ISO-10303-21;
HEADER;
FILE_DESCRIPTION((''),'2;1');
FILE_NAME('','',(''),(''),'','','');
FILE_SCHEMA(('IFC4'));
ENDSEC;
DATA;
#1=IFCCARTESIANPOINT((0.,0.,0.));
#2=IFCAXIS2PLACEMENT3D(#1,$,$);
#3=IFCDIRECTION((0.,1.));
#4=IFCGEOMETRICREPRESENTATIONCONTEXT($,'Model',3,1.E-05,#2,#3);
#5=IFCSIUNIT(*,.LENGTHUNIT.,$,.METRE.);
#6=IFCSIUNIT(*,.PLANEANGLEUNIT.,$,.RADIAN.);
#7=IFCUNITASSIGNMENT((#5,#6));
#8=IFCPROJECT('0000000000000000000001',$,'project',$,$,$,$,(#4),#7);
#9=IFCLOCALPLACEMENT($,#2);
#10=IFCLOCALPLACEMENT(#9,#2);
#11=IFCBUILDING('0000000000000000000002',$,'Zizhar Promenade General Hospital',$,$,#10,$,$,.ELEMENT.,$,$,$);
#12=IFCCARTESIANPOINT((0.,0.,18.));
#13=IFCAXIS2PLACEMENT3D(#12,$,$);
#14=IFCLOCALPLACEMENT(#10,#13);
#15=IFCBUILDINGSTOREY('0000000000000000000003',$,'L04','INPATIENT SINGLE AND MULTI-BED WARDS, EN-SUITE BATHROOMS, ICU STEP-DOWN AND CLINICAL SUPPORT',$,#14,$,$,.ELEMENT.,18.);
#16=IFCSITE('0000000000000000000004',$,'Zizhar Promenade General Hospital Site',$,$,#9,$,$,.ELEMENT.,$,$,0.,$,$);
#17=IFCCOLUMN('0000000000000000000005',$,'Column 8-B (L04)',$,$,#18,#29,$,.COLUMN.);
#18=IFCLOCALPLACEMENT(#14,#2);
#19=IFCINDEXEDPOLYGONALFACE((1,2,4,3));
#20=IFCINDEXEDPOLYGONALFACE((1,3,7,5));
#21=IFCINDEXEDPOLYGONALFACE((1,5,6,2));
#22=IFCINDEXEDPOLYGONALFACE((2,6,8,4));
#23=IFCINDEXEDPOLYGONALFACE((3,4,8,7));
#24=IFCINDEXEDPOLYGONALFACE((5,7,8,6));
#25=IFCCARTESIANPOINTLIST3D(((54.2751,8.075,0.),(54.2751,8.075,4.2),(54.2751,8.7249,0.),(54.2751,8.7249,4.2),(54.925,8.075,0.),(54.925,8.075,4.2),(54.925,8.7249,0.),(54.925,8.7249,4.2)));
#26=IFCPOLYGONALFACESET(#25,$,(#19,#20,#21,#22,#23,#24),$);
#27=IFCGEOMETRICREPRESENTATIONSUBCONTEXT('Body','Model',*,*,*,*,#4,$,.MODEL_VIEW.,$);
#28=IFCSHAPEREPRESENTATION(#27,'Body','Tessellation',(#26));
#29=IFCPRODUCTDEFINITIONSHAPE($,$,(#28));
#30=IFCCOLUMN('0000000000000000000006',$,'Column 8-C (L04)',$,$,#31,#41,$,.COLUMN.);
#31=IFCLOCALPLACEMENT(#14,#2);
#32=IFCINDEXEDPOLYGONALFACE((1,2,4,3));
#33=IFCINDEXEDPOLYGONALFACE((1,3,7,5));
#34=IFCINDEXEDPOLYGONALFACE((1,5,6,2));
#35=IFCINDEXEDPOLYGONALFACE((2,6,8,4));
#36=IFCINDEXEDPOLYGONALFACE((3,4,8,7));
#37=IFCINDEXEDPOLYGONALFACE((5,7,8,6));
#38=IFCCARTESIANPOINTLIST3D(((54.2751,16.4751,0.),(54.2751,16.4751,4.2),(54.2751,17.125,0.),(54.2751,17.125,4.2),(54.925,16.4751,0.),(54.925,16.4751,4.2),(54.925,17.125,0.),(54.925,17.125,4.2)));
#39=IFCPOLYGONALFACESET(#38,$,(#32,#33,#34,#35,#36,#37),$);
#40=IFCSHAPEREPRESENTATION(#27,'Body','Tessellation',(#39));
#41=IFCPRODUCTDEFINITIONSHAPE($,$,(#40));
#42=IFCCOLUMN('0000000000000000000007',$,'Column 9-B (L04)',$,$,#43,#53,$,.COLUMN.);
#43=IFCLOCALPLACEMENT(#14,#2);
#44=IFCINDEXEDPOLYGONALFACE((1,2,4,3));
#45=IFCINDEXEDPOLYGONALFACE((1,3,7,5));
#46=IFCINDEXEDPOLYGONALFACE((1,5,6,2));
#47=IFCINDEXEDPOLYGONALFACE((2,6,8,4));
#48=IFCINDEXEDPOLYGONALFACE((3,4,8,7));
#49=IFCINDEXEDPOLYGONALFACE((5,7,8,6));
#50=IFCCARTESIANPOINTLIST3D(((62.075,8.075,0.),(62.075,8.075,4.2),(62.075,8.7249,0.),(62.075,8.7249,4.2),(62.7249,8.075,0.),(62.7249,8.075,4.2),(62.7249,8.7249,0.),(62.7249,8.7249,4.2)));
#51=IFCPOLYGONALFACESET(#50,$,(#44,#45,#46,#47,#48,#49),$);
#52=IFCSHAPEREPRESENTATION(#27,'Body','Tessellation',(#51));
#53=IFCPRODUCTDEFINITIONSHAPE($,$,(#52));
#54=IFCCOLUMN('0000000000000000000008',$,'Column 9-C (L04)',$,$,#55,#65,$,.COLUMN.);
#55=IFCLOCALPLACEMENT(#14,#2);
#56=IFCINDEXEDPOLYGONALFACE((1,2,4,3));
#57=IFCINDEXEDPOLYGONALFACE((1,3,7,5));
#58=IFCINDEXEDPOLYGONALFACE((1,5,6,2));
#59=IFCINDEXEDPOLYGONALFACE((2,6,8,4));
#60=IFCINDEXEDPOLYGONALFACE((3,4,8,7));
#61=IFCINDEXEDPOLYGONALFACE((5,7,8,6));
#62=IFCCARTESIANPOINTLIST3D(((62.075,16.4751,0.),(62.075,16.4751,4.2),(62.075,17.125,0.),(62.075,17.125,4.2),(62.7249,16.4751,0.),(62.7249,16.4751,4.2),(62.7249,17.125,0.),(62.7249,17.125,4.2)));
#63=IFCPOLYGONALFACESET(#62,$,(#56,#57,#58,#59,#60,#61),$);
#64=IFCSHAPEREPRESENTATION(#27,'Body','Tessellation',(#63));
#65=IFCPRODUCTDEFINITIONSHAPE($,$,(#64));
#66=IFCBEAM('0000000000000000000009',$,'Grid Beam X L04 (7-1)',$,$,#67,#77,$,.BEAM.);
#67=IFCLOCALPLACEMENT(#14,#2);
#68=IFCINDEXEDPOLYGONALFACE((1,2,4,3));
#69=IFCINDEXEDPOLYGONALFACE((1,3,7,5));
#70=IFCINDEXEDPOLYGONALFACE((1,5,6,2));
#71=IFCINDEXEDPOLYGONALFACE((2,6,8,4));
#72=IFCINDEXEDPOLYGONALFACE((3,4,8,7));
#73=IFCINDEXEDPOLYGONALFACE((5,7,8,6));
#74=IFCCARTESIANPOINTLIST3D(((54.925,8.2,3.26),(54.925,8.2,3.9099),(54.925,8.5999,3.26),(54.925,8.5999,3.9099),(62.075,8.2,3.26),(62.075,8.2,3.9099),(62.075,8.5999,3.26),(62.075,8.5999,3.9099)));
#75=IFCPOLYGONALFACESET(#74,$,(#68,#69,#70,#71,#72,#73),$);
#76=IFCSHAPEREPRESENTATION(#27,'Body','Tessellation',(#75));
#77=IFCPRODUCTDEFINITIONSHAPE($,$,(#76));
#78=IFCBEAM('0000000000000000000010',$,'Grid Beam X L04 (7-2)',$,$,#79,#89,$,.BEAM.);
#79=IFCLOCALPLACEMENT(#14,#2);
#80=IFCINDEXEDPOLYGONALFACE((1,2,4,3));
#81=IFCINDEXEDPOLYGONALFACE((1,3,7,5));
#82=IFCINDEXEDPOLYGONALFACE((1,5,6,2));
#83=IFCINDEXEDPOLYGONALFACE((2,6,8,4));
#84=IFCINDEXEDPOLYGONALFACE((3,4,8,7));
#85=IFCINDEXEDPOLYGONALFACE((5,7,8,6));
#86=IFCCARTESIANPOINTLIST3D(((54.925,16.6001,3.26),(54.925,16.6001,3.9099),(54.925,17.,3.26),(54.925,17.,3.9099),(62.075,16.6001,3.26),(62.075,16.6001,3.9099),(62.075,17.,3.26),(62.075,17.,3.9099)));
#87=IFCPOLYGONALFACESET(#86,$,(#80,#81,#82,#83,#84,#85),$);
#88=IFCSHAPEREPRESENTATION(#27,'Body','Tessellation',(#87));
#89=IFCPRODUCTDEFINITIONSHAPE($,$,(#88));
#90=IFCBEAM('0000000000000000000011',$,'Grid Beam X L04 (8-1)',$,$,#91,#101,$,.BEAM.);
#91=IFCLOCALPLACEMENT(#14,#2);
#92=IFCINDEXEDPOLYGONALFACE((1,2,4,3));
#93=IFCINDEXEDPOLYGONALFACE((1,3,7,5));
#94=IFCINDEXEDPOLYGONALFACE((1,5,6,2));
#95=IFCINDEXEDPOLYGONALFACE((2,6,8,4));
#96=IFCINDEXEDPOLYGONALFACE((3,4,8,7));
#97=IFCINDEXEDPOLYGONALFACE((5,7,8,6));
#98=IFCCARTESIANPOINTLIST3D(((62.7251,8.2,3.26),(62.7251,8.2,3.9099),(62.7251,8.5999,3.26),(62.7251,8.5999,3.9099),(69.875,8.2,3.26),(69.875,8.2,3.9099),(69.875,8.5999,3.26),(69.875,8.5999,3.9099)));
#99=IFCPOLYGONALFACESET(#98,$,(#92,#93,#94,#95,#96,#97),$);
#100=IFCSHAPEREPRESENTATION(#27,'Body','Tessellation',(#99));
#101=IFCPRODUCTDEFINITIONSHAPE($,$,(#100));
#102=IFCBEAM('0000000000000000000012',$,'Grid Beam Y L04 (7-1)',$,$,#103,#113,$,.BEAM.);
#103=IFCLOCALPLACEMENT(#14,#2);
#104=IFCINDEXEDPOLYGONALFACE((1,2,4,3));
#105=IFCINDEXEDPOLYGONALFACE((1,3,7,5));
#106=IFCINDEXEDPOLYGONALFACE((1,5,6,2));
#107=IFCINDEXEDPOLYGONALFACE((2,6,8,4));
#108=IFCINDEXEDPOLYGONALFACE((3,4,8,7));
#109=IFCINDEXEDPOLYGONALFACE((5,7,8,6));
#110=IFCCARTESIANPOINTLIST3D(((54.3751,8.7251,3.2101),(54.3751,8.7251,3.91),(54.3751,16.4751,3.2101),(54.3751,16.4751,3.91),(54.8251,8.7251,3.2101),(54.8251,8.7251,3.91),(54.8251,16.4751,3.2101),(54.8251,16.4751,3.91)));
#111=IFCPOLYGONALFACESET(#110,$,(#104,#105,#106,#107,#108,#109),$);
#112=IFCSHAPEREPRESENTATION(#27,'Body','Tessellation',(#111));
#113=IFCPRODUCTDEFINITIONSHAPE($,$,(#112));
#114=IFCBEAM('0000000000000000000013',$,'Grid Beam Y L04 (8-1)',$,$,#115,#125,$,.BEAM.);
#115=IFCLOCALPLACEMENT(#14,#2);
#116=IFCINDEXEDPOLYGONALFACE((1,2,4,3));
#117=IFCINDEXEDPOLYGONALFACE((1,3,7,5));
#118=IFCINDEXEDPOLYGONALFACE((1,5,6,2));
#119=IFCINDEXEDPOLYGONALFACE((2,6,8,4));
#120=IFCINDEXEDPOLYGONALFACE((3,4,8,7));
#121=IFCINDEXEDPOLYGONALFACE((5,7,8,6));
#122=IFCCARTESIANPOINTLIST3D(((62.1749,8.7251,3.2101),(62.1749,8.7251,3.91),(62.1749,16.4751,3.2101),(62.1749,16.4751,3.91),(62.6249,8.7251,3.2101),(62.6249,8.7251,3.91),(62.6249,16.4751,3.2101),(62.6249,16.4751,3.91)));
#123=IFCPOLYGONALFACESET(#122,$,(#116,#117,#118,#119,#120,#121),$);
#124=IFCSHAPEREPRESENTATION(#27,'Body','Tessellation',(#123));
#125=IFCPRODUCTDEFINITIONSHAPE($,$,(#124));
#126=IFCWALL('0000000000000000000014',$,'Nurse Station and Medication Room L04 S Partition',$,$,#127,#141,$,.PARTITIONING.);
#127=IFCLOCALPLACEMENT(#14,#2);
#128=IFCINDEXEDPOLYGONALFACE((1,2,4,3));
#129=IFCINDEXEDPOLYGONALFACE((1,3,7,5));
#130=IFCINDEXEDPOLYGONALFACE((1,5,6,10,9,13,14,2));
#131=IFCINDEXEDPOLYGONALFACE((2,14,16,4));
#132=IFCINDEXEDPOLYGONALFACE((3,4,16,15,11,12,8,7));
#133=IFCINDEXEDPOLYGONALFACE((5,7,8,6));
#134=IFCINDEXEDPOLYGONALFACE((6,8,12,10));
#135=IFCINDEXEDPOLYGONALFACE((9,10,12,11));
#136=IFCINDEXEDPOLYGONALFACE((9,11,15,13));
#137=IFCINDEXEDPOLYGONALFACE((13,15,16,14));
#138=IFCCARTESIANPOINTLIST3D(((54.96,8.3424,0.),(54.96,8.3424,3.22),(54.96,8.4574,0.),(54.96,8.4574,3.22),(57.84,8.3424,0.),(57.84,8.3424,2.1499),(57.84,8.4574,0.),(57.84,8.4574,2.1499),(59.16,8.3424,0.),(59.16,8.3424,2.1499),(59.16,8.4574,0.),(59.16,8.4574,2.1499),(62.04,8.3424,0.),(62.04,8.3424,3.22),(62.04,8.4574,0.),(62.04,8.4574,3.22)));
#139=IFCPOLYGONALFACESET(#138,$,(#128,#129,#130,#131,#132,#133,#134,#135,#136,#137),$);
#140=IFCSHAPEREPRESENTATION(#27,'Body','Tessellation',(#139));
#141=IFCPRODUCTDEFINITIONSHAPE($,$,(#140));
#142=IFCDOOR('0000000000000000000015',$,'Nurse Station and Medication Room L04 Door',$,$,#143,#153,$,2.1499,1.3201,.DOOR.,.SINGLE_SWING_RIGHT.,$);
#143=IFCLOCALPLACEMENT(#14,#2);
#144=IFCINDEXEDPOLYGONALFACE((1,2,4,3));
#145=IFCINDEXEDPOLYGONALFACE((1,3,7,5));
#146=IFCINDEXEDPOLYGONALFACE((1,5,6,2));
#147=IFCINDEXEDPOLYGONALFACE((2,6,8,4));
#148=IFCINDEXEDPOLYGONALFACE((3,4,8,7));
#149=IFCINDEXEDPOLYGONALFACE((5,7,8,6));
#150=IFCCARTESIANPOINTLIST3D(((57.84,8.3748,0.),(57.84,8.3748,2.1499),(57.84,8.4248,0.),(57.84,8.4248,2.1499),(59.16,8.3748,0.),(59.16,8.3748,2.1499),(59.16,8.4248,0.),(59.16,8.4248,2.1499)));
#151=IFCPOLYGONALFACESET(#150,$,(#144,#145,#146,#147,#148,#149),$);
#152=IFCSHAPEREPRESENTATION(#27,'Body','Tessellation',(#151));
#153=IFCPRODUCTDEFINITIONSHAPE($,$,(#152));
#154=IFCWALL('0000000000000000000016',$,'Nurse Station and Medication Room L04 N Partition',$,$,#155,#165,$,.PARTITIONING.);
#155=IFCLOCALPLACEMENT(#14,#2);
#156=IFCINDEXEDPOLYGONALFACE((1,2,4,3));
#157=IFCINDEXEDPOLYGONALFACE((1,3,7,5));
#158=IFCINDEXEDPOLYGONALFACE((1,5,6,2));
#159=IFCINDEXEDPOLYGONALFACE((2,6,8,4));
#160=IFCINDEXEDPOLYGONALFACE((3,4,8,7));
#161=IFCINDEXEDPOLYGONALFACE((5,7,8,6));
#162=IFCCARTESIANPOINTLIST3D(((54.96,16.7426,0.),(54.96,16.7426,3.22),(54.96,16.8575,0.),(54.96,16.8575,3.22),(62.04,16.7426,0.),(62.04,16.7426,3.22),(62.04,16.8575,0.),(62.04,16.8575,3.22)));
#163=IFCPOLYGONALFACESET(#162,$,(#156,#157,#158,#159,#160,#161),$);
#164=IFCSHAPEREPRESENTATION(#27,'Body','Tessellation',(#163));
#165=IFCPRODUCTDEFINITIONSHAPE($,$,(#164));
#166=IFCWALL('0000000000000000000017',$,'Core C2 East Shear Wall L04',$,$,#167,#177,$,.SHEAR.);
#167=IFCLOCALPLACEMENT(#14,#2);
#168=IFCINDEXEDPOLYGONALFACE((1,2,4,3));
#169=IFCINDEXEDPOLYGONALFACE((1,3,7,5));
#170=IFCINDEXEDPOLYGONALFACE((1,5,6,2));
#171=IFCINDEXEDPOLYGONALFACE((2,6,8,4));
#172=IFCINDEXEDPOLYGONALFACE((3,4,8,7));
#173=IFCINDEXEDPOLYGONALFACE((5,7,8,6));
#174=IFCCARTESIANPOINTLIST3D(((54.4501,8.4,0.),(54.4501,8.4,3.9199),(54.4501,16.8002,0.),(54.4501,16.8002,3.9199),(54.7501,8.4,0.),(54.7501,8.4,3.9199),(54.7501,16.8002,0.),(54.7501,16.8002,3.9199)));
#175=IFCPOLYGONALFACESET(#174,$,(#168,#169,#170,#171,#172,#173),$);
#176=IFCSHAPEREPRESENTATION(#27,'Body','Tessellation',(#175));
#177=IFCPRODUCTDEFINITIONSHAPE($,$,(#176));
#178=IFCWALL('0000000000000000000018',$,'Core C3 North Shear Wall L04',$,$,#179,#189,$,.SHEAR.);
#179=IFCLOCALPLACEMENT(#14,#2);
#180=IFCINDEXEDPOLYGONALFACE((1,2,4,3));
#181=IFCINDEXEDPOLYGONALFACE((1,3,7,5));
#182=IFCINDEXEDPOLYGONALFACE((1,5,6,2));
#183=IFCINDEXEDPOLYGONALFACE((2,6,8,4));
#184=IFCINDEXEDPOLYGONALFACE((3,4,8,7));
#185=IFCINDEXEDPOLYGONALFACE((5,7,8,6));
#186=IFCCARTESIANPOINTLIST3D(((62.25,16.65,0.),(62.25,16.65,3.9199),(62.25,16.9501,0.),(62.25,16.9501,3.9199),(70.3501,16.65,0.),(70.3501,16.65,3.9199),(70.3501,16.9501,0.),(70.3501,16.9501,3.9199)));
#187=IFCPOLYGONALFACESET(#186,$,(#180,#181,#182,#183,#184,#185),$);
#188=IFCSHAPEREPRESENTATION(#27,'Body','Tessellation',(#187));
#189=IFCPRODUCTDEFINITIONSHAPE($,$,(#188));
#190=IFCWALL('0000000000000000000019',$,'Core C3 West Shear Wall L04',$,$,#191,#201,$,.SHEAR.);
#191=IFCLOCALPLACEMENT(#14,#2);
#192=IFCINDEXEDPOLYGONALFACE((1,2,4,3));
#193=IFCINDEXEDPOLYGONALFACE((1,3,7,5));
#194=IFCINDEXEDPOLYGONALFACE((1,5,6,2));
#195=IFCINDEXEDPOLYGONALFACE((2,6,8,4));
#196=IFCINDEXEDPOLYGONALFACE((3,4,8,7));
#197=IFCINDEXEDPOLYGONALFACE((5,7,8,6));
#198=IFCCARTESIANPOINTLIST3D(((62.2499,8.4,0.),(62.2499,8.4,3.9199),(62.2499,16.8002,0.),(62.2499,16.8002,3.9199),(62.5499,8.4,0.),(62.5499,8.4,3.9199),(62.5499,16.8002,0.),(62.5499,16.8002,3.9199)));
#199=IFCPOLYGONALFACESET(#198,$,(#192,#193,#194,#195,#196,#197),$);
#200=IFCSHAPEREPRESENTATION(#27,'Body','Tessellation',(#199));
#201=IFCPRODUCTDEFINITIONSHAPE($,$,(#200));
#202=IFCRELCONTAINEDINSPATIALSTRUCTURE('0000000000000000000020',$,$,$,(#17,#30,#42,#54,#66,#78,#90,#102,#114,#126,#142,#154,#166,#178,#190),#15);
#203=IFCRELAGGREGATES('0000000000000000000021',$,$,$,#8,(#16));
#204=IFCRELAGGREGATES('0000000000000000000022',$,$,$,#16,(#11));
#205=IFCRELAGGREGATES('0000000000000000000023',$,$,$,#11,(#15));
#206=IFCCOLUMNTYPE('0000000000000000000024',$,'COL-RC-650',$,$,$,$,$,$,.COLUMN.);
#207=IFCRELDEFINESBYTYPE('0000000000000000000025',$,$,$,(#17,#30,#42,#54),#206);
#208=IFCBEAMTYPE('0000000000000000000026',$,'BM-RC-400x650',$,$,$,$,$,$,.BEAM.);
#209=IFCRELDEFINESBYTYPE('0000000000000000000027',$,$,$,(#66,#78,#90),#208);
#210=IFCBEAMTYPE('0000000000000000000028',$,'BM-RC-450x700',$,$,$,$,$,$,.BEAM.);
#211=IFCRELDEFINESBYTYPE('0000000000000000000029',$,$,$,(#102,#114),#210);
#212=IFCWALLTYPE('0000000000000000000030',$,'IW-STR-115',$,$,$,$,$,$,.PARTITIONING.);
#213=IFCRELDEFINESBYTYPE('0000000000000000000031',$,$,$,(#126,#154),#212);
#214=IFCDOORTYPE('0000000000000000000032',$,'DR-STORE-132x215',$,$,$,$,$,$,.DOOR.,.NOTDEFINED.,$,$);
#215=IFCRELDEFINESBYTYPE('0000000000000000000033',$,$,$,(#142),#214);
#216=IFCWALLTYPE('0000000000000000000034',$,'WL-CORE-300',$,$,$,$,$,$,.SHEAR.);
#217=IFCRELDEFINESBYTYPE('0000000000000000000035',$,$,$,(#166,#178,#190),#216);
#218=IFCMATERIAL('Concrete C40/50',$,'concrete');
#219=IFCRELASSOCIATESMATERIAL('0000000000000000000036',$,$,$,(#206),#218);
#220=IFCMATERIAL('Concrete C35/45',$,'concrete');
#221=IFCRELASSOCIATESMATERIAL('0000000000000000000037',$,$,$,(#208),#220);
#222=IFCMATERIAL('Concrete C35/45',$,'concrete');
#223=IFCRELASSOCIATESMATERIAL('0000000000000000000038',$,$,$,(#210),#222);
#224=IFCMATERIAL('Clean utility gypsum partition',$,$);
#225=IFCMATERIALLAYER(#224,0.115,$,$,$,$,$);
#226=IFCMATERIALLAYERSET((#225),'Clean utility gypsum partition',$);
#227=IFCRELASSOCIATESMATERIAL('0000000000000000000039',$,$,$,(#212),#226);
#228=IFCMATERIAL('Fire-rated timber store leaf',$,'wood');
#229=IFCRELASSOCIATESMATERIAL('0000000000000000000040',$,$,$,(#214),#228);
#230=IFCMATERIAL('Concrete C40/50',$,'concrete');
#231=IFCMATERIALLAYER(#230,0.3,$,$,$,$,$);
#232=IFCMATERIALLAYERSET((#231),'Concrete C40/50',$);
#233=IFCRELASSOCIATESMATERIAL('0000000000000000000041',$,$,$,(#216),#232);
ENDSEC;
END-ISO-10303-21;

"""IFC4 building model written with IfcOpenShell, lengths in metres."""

from ifc_helpers import new_model, si_unit, direction, frame, frame_2d, origin, origin_2d, place, context, subcontext, project, spatial, rectangle, extrude, material, layer, layer_set, material_profile, profile_set, type_object, element, fill, save


model = new_model("IFC4")

# Units and contexts
model_context = context("Model", 3, precision=1e-05, world=origin(), true_north=direction((0.0, 1.0)))
body_context = subcontext(model_context, "Body", "Model", "MODEL_VIEW")
ifc_project = project(units=[si_unit("LENGTHUNIT", "METRE"), si_unit("PLANEANGLEUNIT", "RADIAN")], contexts=[model_context])

# Site, building, storey
site_placement = place(None, origin())
site = spatial("IfcSite", under=ifc_project, at=site_placement, Name="Zizhar Promenade General Hospital Site", CompositionType="ELEMENT", RefElevation=0.0)
building_placement = place(site_placement, origin())
building = spatial("IfcBuilding", under=site, at=building_placement, Name="Zizhar Promenade General Hospital", CompositionType="ELEMENT")
storey_placement = place(building_placement, frame((0.0, 0.0, 18.0)))
storey = spatial("IfcBuildingStorey", under=building, at=storey_placement, Name="L04", Description="INPATIENT SINGLE AND MULTI-BED WARDS, EN-SUITE BATHROOMS, ICU STEP-DOWN AND CLINICAL SUPPORT", CompositionType="ELEMENT", Elevation=18.0)

# Columns
ifc_material_1 = material(Name="Concrete C40/50", Category="concrete")
ifc_material_profile_1 = material_profile(ifc_material_1, rectangle(XDim=0.6499, YDim=0.6499, at=origin_2d()))
ifc_profile_set_1 = profile_set([ifc_material_profile_1], Name="Concrete C40/50")
column_type = type_object("IfcColumnType", Name="COL-RC-650", PredefinedType="COLUMN", material=ifc_profile_set_1)
for number, where, z_axis, x_axis, name in (
    (1, (54.6001, 8.3999, 0.0), (0.0, 0.0, 1.0), (1.0, 0.0, 0.0), "Column 8-B (L04)"),
    (2, (54.6001, 16.8, 0.0), (0.0, 0.0, 1.0), (1.0, 0.0, 0.0), "Column 8-C (L04)"),
    (3, (62.3999, 8.3999, 0.0), (0.0, 0.0, 1.0), (1.0, 0.0, 0.0), "Column 9-B (L04)"),
    (4, (62.3999, 16.8, 0.0), (0.0, 0.0, 1.0), (1.0, 0.0, 0.0), "Column 9-C (L04)"),
):
    element("IfcColumn", number, at=place(storey_placement, frame(where, z_axis=z_axis, x_axis=x_axis)), inside=storey, type_object=column_type, Name=name, PredefinedType="COLUMN", context=body_context, shape_type="SweptSolid", body=[
        extrude(rectangle(XDim=0.6499, YDim=0.6499, at=origin_2d()), origin(), (0.0, 0.0, 1.0), 4.2),
    ])

# Beams
ifc_material_2 = material(Name="Concrete C35/45", Category="concrete")
ifc_material_profile_2 = material_profile(ifc_material_2, rectangle(XDim=0.3999, YDim=0.6499, at=origin_2d()))
ifc_profile_set_2 = profile_set([ifc_material_profile_2], Name="Concrete C35/45")
beam_type_1 = type_object("IfcBeamType", Name="BM-RC-400x650", PredefinedType="BEAM", material=ifc_profile_set_2)
for number, where, z_axis, x_axis, name in (
    (5, (54.925, 8.3999, 3.585), (1.0, 0.0, 0.0), (0.0, 1.0, 0.0), "Grid Beam X L04 (7-1)"),
    (6, (54.925, 16.8, 3.585), (1.0, 0.0, 0.0), (0.0, 1.0, 0.0), "Grid Beam X L04 (7-2)"),
    (7, (62.7251, 8.3999, 3.585), (1.0, 0.0, 0.0), (0.0, 1.0, 0.0), "Grid Beam X L04 (8-1)"),
):
    element("IfcBeam", number, at=place(storey_placement, frame(where, z_axis=z_axis, x_axis=x_axis)), inside=storey, type_object=beam_type_1, Name=name, PredefinedType="BEAM", context=body_context, shape_type="SweptSolid", body=[
        extrude(rectangle(XDim=0.3999, YDim=0.6499, at=origin_2d()), origin(), (0.0, 0.0, 1.0), 7.1499),
    ])
ifc_material_3 = material(Name="Concrete C35/45", Category="concrete")
ifc_material_profile_3 = material_profile(ifc_material_3, rectangle(XDim=0.45, YDim=0.7, at=origin_2d()))
ifc_profile_set_3 = profile_set([ifc_material_profile_3], Name="Concrete C35/45")
beam_type_2 = type_object("IfcBeamType", Name="BM-RC-450x700", PredefinedType="BEAM", material=ifc_profile_set_3)
for number, where, z_axis, x_axis, name in (
    (8, (54.6001, 8.7251, 3.5601), (0.0, 1.0, 0.0), (-1.0, 0.0, 0.0), "Grid Beam Y L04 (7-1)"),
    (9, (62.3999, 8.7251, 3.5601), (0.0, 1.0, 0.0), (-1.0, 0.0, 0.0), "Grid Beam Y L04 (8-1)"),
):
    element("IfcBeam", number, at=place(storey_placement, frame(where, z_axis=z_axis, x_axis=x_axis)), inside=storey, type_object=beam_type_2, Name=name, PredefinedType="BEAM", context=body_context, shape_type="SweptSolid", body=[
        extrude(rectangle(XDim=0.45, YDim=0.7, at=origin_2d()), origin(), (0.0, 0.0, 1.0), 7.75),
    ])

# Wall, opening, door
ifc_material_4 = material(Name="Clean utility gypsum partition")
ifc_layer_1 = layer(ifc_material_4, 0.115)
ifc_layer_set_1 = layer_set([ifc_layer_1], Name="Clean utility gypsum partition")
wall_type_1 = type_object("IfcWallType", Name="IW-STR-115", PredefinedType="PARTITIONING", material=ifc_layer_set_1)
wall_1_placement = place(storey_placement, frame((54.96, 8.3999, 0.0), z_axis=(0.0, 0.0, 1.0), x_axis=(1.0, 0.0, 0.0)))
wall_1 = element("IfcWall", 10, at=wall_1_placement, inside=storey, type_object=wall_type_1, Name="Nurse Station and Medication Room L04 S Partition", PredefinedType="PARTITIONING", context=body_context, shape_type="SweptSolid", body=[
    extrude(rectangle(XDim=7.0801, YDim=0.115, at=frame_2d((3.54, 0.0))), origin(), (0.0, 0.0, 1.0), 3.22),
])
opening_1_placement = place(wall_1_placement, frame((2.8799, 0.0, 0.0)))
opening_1 = element("IfcOpeningElement", 11, at=opening_1_placement, cuts=wall_1, PredefinedType="OPENING", context=body_context, shape_type="SweptSolid", body=[
    extrude(rectangle(XDim=1.3201, YDim=2.1499, at=frame_2d((0.6602, 1.075))), frame((0.0, 0.0674, 0.0), z_axis=(0.0, -1.0, 0.0), x_axis=(1.0, 0.0, 0.0)), (0.0, 0.0, 1.0), 0.135),
])
ifc_material_5 = material(Name="Fire-rated timber store leaf", Category="wood")
door_type_1 = type_object("IfcDoorType", Name="DR-STORE-132x215", OperationType="NOTDEFINED", PredefinedType="DOOR", material=ifc_material_5)
door_1_placement = place(opening_1_placement, origin())
door_1 = element("IfcDoor", 12, at=door_1_placement, inside=storey, type_object=door_type_1, Name="Nurse Station and Medication Room L04 Door", OperationType="SINGLE_SWING_RIGHT", OverallHeight=2.1499, OverallWidth=1.3201, PredefinedType="DOOR", context=body_context, shape_type="SweptSolid", body=[
    extrude(rectangle(XDim=1.3201, YDim=2.1499, at=frame_2d((0.6602, 1.075))), frame((0.0, 0.0249, 0.0), z_axis=(0.0, -1.0, 0.0), x_axis=(1.0, 0.0, 0.0)), (0.0, 0.0, 1.0), 0.05),
])
fill(opening_1, door_1)

# Walls
wall_2_placement = place(storey_placement, frame((54.96, 16.8, 0.0), z_axis=(0.0, 0.0, 1.0), x_axis=(1.0, 0.0, 0.0)))
element("IfcWall", 13, at=wall_2_placement, inside=storey, type_object=wall_type_1, Name="Nurse Station and Medication Room L04 N Partition", PredefinedType="PARTITIONING", context=body_context, shape_type="SweptSolid", body=[
    extrude(rectangle(XDim=7.0801, YDim=0.115, at=frame_2d((3.54, 0.0))), origin(), (0.0, 0.0, 1.0), 3.22),
])
ifc_material_6 = material(Name="Concrete C40/50", Category="concrete")
ifc_layer_2 = layer(ifc_material_6, 0.3)
ifc_layer_set_2 = layer_set([ifc_layer_2], Name="Concrete C40/50")
wall_type_2 = type_object("IfcWallType", Name="WL-CORE-300", PredefinedType="SHEAR", material=ifc_layer_set_2)
wall_3_placement = place(storey_placement, frame((54.6001, 8.3999, 0.0), z_axis=(0.0, 0.0, 1.0), x_axis=(0.0, 1.0, 0.0)))
element("IfcWall", 14, at=wall_3_placement, inside=storey, type_object=wall_type_2, Name="Core C2 East Shear Wall L04", PredefinedType="SHEAR", context=body_context, shape_type="SweptSolid", body=[
    extrude(rectangle(XDim=8.4001, YDim=0.3, at=frame_2d((4.2002, 0.0))), origin(), (0.0, 0.0, 1.0), 3.9199),
])
wall_4_placement = place(storey_placement, frame((62.25, 16.8, 0.0), z_axis=(0.0, 0.0, 1.0), x_axis=(1.0, 0.0, 0.0)))
element("IfcWall", 15, at=wall_4_placement, inside=storey, type_object=wall_type_2, Name="Core C3 North Shear Wall L04", PredefinedType="SHEAR", context=body_context, shape_type="SweptSolid", body=[
    extrude(rectangle(XDim=8.1001, YDim=0.3, at=frame_2d((4.05, 0.0))), origin(), (0.0, 0.0, 1.0), 3.9199),
])
wall_5_placement = place(storey_placement, frame((62.3999, 8.3999, 0.0), z_axis=(0.0, 0.0, 1.0), x_axis=(0.0, 1.0, 0.0)))
element("IfcWall", 16, at=wall_5_placement, inside=storey, type_object=wall_type_2, Name="Core C3 West Shear Wall L04", PredefinedType="SHEAR", context=body_context, shape_type="SweptSolid", body=[
    extrude(rectangle(XDim=8.4001, YDim=0.3, at=frame_2d((4.2002, 0.0))), origin(), (0.0, 0.0, 1.0), 3.9199),
])

save(model, "model.ifc")
